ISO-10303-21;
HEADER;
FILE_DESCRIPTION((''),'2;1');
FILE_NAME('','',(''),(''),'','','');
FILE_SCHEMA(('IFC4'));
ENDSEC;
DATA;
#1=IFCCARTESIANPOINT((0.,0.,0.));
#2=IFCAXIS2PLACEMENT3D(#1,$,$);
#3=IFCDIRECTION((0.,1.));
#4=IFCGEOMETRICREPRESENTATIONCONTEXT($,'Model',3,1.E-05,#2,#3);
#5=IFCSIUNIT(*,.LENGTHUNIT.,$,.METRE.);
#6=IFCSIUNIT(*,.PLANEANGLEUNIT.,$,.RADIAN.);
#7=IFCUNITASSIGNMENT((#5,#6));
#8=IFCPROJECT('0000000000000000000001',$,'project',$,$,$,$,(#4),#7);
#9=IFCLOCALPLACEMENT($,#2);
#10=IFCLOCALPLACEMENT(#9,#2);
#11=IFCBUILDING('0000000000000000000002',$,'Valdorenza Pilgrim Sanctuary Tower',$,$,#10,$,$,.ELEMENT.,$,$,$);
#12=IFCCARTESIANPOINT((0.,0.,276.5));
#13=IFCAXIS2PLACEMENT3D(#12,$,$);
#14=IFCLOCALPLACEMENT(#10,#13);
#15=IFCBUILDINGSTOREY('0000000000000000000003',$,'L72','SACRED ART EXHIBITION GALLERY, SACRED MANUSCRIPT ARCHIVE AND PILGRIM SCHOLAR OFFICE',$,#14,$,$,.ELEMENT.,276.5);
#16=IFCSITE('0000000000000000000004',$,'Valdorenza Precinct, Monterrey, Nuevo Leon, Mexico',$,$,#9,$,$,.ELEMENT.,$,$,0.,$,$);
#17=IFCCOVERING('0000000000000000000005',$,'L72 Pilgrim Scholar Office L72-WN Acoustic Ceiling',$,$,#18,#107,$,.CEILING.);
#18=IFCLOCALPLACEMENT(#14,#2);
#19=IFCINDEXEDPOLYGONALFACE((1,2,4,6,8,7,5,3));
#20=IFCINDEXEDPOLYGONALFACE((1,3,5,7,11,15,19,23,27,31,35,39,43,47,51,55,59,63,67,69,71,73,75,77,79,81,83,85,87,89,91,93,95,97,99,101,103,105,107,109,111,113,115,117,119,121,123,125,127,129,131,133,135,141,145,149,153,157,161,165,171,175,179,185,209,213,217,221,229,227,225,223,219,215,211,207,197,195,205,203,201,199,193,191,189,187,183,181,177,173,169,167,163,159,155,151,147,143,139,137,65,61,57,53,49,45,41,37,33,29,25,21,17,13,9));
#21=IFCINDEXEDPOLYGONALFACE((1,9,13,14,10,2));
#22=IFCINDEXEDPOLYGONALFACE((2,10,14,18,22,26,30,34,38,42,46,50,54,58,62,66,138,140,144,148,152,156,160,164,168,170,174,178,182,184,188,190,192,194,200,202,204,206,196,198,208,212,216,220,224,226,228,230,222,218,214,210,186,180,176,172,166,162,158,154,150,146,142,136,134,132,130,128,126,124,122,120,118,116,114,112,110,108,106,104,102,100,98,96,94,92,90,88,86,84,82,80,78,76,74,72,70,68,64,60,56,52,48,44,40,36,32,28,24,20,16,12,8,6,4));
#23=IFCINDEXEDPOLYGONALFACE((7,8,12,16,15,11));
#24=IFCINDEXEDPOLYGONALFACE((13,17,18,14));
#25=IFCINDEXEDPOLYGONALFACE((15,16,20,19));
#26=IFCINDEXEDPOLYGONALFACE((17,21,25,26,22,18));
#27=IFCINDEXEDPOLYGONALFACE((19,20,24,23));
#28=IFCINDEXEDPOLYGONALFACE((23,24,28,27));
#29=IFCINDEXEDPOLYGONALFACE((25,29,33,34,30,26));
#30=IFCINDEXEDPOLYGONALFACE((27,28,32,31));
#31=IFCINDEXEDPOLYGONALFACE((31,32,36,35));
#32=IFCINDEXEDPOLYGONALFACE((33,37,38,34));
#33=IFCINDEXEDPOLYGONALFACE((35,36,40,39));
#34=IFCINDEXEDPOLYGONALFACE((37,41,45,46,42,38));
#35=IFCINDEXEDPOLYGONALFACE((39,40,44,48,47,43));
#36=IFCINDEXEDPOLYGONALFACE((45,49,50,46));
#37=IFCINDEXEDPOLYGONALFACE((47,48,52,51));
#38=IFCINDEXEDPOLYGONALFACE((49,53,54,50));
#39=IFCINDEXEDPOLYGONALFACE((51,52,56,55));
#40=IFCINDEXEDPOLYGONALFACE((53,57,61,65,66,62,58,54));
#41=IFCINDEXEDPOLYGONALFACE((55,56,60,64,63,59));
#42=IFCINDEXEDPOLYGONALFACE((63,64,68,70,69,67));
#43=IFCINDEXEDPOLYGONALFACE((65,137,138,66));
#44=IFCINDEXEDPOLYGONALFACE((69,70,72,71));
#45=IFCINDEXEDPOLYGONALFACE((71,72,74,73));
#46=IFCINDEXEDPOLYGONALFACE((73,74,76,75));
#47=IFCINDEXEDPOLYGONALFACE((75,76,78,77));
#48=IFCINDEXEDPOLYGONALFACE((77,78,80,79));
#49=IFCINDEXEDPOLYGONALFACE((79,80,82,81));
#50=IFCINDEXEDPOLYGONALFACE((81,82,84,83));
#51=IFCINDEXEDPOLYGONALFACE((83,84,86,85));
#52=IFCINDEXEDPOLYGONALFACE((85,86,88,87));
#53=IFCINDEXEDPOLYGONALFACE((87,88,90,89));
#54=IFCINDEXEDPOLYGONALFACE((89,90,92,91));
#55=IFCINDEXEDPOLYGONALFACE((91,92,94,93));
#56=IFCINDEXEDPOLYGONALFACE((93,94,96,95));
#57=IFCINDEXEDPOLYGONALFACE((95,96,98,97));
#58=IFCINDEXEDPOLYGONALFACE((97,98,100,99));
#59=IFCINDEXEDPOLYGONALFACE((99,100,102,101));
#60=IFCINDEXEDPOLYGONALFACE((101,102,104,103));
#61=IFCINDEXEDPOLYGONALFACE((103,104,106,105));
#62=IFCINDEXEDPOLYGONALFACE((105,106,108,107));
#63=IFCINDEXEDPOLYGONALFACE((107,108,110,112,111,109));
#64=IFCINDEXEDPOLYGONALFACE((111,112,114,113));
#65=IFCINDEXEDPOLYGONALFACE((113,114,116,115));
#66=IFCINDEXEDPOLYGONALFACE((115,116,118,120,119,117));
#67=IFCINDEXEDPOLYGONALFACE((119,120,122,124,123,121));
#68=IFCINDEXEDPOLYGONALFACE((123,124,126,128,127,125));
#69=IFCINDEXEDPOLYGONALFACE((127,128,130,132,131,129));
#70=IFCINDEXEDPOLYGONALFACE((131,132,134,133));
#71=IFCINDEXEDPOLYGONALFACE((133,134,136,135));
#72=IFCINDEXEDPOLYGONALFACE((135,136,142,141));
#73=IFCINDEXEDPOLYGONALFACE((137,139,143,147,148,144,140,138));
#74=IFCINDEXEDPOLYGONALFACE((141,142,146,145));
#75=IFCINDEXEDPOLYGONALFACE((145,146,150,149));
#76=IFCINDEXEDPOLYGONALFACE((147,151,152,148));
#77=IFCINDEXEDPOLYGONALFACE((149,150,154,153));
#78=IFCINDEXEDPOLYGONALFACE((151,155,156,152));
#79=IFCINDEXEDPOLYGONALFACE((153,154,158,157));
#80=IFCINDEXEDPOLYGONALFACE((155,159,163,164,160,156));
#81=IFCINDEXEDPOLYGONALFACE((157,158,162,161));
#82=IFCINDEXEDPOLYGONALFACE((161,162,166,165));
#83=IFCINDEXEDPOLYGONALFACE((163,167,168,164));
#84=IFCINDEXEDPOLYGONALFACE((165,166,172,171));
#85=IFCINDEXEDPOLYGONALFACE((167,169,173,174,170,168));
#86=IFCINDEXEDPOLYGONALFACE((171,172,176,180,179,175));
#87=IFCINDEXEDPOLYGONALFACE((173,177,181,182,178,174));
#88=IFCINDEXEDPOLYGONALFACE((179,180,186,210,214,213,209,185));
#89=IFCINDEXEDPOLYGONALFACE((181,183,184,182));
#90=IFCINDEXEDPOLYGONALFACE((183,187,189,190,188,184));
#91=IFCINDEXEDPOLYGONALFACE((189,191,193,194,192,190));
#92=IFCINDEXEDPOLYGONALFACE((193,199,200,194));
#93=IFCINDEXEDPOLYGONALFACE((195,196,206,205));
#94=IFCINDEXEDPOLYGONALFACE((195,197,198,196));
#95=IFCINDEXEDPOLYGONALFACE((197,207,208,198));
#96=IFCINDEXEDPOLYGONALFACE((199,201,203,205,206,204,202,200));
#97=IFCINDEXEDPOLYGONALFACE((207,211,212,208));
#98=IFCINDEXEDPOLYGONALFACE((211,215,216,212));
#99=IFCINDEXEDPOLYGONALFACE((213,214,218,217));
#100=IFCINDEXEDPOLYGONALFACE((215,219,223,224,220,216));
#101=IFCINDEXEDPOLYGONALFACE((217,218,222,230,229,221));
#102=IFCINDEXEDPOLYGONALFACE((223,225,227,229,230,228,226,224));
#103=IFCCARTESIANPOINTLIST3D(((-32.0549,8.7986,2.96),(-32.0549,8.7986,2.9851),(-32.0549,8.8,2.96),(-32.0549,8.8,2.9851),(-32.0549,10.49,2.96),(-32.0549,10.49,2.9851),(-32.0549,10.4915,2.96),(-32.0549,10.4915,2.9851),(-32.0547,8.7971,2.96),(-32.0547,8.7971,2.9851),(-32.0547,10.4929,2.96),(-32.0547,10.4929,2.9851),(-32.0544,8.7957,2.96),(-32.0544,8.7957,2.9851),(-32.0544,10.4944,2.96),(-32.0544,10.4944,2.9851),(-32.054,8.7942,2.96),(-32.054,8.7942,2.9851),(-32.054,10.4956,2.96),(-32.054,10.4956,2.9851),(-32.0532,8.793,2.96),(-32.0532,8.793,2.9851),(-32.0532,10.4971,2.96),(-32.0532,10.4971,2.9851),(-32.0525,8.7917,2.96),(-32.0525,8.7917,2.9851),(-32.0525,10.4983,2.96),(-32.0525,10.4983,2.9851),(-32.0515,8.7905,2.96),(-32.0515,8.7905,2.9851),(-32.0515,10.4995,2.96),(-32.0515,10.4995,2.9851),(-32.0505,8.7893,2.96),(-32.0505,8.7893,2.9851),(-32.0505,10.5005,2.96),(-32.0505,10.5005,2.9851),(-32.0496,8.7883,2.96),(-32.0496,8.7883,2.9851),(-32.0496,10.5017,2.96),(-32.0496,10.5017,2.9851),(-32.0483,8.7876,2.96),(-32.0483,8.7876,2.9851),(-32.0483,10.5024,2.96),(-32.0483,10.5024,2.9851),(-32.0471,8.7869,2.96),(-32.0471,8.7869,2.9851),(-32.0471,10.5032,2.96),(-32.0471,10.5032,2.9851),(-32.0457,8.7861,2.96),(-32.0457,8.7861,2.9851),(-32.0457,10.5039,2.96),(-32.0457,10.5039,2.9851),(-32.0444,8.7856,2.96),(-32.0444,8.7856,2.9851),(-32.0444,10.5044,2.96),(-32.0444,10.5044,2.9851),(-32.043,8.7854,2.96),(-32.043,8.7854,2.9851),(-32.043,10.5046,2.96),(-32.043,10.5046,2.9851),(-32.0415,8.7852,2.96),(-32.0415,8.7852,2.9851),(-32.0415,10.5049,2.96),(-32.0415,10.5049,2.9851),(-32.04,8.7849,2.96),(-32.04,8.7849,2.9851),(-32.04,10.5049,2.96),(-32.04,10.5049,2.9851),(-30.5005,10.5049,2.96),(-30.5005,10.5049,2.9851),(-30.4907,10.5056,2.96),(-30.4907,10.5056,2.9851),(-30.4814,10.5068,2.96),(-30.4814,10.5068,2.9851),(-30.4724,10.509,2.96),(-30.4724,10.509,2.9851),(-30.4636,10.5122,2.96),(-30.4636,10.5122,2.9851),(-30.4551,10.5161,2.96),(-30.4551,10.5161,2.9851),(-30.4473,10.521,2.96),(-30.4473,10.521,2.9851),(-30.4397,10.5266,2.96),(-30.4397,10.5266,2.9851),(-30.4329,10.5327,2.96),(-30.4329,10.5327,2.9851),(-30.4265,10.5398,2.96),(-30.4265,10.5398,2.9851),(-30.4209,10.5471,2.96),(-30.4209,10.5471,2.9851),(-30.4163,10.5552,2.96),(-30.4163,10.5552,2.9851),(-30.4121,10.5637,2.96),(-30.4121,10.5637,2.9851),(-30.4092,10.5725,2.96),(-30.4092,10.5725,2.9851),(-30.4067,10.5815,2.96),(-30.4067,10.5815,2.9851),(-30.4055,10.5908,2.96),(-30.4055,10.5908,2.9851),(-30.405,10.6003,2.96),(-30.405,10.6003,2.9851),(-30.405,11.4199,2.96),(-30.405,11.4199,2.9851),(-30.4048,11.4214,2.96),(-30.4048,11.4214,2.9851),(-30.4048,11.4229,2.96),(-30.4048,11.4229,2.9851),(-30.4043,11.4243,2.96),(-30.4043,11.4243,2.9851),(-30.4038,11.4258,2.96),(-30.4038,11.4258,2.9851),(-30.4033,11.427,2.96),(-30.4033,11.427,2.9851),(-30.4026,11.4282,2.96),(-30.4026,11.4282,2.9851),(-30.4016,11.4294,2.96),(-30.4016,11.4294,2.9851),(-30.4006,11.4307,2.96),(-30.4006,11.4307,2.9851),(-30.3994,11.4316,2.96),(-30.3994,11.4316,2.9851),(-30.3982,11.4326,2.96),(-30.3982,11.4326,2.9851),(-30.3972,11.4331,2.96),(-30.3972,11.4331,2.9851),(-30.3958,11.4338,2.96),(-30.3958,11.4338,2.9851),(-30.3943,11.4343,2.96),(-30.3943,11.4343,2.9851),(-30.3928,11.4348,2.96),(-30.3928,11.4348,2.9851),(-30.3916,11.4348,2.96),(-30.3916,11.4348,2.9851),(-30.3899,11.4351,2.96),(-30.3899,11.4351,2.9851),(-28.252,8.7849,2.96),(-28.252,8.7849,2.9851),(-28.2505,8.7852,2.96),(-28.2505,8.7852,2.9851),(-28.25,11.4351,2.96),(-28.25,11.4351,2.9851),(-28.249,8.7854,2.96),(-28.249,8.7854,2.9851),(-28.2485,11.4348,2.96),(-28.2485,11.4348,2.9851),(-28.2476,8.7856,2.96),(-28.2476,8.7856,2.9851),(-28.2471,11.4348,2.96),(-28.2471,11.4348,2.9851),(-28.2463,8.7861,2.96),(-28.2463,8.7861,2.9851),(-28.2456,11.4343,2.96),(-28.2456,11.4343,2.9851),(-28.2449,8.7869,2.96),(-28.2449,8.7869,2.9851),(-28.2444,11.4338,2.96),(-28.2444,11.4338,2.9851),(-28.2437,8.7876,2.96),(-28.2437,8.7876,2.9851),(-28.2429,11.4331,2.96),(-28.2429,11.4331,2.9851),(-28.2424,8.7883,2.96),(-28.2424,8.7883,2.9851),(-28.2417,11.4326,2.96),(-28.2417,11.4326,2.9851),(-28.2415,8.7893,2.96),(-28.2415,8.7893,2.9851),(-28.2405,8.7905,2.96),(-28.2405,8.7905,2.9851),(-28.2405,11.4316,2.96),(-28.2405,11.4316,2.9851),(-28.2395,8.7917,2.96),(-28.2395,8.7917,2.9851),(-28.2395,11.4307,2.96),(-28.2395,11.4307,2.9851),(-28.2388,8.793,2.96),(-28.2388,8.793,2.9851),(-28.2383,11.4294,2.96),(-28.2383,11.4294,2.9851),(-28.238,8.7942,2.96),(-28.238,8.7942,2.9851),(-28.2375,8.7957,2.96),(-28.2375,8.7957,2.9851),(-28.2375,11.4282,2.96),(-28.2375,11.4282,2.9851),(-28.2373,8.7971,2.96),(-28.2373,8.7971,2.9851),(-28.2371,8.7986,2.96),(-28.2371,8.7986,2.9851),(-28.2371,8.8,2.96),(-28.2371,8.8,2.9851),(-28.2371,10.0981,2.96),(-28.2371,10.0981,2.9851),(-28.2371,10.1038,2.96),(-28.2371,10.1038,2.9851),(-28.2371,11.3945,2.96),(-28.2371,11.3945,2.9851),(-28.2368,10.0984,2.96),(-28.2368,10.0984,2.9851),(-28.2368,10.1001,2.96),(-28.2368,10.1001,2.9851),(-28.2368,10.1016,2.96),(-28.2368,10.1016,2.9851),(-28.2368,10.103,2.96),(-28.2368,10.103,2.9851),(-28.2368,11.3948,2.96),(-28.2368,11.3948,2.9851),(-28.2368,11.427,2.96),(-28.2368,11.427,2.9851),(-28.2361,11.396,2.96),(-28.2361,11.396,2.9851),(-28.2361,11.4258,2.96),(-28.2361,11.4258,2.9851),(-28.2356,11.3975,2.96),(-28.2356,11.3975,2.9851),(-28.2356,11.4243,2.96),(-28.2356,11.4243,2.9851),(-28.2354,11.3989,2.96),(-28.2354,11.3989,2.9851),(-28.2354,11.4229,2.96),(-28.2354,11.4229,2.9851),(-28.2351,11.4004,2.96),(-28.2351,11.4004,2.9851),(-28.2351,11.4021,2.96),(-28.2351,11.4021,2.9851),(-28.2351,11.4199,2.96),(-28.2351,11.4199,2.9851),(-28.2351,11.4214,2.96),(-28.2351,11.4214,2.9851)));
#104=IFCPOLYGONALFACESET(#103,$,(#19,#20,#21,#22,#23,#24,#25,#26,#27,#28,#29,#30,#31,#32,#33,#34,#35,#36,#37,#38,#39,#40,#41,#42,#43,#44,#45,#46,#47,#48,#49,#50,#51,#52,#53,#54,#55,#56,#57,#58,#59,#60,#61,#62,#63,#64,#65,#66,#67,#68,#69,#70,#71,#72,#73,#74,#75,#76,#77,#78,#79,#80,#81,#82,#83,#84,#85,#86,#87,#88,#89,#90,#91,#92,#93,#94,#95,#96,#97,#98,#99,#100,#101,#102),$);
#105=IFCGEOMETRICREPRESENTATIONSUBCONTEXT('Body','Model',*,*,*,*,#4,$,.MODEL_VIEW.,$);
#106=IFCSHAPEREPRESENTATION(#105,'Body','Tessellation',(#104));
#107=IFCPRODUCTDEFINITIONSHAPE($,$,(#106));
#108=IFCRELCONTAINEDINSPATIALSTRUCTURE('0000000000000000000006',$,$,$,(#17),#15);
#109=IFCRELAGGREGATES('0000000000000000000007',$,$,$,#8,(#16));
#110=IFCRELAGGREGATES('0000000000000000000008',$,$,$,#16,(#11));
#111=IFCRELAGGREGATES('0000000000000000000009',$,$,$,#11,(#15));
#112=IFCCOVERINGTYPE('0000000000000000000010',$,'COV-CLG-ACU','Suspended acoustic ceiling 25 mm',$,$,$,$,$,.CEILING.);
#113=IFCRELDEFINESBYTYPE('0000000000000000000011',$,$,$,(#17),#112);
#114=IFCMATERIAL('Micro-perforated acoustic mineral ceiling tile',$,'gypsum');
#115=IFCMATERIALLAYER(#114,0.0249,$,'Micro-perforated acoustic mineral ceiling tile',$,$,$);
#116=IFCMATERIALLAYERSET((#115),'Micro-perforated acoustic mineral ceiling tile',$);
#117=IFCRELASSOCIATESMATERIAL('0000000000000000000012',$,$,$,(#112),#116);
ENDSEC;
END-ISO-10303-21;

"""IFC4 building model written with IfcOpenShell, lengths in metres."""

from ifc_helpers import new_model, si_unit, direction, frame, origin, place, context, subcontext, project, spatial, polyline, outline, extrude, material, layer, layer_set, type_object, element, save


model = new_model("IFC4")

# Units and contexts
model_context = context("Model", 3, precision=1e-05, world=origin(), true_north=direction((0.0, 1.0)))
body_context = subcontext(model_context, "Body", "Model", "MODEL_VIEW")
ifc_project = project(units=[si_unit("LENGTHUNIT", "METRE"), si_unit("PLANEANGLEUNIT", "RADIAN")], contexts=[model_context])

# Site, building, storey
site_placement = place(None, origin())
site = spatial("IfcSite", under=ifc_project, at=site_placement, Name="Valdorenza Precinct, Monterrey, Nuevo Leon, Mexico", CompositionType="ELEMENT", RefElevation=0.0)
building_placement = place(site_placement, origin())
building = spatial("IfcBuilding", under=site, at=building_placement, Name="Valdorenza Pilgrim Sanctuary Tower", CompositionType="ELEMENT")
storey_placement = place(building_placement, frame((0.0, 0.0, 276.5)))
storey = spatial("IfcBuildingStorey", under=building, at=storey_placement, Name="L72", Description="SACRED ART EXHIBITION GALLERY, SACRED MANUSCRIPT ARCHIVE AND PILGRIM SCHOLAR OFFICE", CompositionType="ELEMENT", Elevation=276.5)

# Covering
ifc_material_1 = material(Name="Micro-perforated acoustic mineral ceiling tile", Category="gypsum")
ifc_layer_1 = layer(ifc_material_1, 0.0249, Name="Micro-perforated acoustic mineral ceiling tile")
ifc_layer_set_1 = layer_set([ifc_layer_1], Name="Micro-perforated acoustic mineral ceiling tile")
covering_type_1 = type_object("IfcCoveringType", Name="COV-CLG-ACU", Description="Suspended acoustic ceiling 25 mm", PredefinedType="CEILING", material=ifc_layer_set_1)
covering_1_placement = place(storey_placement, frame((0.0, 0.0, 2.96)))
element("IfcCovering", 1, at=covering_1_placement, inside=storey, type_object=covering_type_1, Name="L72 Pilgrim Scholar Office L72-WN Acoustic Ceiling", PredefinedType="CEILING", context=body_context, shape_type="SweptSolid", body=[
    extrude(outline(polyline([(-28.2371, 11.3945), (-28.2371, 10.1038), (-28.2368, 10.103), (-28.2368, 10.1016), (-28.2368, 10.1001), (-28.2368, 10.0984), (-28.2371, 10.0981), (-28.2371, 8.8), (-28.2371, 8.7986), (-28.2373, 8.7971), (-28.2375, 8.7957), (-28.238, 8.7942), (-28.2388, 8.793), (-28.2395, 8.7917), (-28.2405, 8.7905), (-28.2415, 8.7893), (-28.2424, 8.7883), (-28.2437, 8.7876), (-28.2449, 8.7869), (-28.2463, 8.7861), (-28.2476, 8.7856), (-28.249, 8.7854), (-28.2505, 8.7852), (-28.252, 8.7849), (-32.04, 8.7849), (-32.0415, 8.7852), (-32.043, 8.7854), (-32.0444, 8.7856), (-32.0457, 8.7861), (-32.0471, 8.7869), (-32.0483, 8.7876), (-32.0496, 8.7883), (-32.0505, 8.7893), (-32.0515, 8.7905), (-32.0525, 8.7917), (-32.0532, 8.793), (-32.054, 8.7942), (-32.0544, 8.7957), (-32.0547, 8.7971), (-32.0549, 8.7986), (-32.0549, 8.8), (-32.0549, 10.49), (-32.0549, 10.4915), (-32.0547, 10.4929), (-32.0544, 10.4944), (-32.054, 10.4956), (-32.0532, 10.4971), (-32.0525, 10.4983), (-32.0515, 10.4995), (-32.0505, 10.5005), (-32.0496, 10.5017), (-32.0483, 10.5024), (-32.0471, 10.5032), (-32.0457, 10.5039), (-32.0444, 10.5044), (-32.043, 10.5046), (-32.0415, 10.5049), (-32.04, 10.5049), (-30.5005, 10.5049), (-30.4907, 10.5056), (-30.4814, 10.5068), (-30.4724, 10.509), (-30.4636, 10.5122), (-30.4551, 10.5161), (-30.4473, 10.521), (-30.4397, 10.5266), (-30.4329, 10.5327), (-30.4265, 10.5398), (-30.4209, 10.5471), (-30.4163, 10.5552), (-30.4121, 10.5637), (-30.4092, 10.5725), (-30.4067, 10.5815), (-30.4055, 10.5908), (-30.405, 10.6003), (-30.405, 11.4199), (-30.4048, 11.4214), (-30.4048, 11.4229), (-30.4043, 11.4243), (-30.4038, 11.4258), (-30.4033, 11.427), (-30.4026, 11.4282), (-30.4016, 11.4294), (-30.4006, 11.4307), (-30.3994, 11.4316), (-30.3982, 11.4326), (-30.3972, 11.4331), (-30.3958, 11.4338), (-30.3943, 11.4343), (-30.3928, 11.4348), (-30.3916, 11.4348), (-30.3899, 11.4351), (-28.25, 11.4351), (-28.2485, 11.4348), (-28.2471, 11.4348), (-28.2456, 11.4343), (-28.2444, 11.4338), (-28.2429, 11.4331), (-28.2417, 11.4326), (-28.2405, 11.4316), (-28.2395, 11.4307), (-28.2383, 11.4294), (-28.2375, 11.4282), (-28.2368, 11.427), (-28.2361, 11.4258), (-28.2356, 11.4243), (-28.2354, 11.4229), (-28.2351, 11.4214), (-28.2351, 11.4199), (-28.2351, 11.4021), (-28.2351, 11.4004), (-28.2354, 11.3989), (-28.2356, 11.3975), (-28.2361, 11.396), (-28.2368, 11.3948), (-28.2371, 11.3945)])), origin(), (0.0, 0.0, 1.0), 0.0251),
])

save(model, "model.ifc")
